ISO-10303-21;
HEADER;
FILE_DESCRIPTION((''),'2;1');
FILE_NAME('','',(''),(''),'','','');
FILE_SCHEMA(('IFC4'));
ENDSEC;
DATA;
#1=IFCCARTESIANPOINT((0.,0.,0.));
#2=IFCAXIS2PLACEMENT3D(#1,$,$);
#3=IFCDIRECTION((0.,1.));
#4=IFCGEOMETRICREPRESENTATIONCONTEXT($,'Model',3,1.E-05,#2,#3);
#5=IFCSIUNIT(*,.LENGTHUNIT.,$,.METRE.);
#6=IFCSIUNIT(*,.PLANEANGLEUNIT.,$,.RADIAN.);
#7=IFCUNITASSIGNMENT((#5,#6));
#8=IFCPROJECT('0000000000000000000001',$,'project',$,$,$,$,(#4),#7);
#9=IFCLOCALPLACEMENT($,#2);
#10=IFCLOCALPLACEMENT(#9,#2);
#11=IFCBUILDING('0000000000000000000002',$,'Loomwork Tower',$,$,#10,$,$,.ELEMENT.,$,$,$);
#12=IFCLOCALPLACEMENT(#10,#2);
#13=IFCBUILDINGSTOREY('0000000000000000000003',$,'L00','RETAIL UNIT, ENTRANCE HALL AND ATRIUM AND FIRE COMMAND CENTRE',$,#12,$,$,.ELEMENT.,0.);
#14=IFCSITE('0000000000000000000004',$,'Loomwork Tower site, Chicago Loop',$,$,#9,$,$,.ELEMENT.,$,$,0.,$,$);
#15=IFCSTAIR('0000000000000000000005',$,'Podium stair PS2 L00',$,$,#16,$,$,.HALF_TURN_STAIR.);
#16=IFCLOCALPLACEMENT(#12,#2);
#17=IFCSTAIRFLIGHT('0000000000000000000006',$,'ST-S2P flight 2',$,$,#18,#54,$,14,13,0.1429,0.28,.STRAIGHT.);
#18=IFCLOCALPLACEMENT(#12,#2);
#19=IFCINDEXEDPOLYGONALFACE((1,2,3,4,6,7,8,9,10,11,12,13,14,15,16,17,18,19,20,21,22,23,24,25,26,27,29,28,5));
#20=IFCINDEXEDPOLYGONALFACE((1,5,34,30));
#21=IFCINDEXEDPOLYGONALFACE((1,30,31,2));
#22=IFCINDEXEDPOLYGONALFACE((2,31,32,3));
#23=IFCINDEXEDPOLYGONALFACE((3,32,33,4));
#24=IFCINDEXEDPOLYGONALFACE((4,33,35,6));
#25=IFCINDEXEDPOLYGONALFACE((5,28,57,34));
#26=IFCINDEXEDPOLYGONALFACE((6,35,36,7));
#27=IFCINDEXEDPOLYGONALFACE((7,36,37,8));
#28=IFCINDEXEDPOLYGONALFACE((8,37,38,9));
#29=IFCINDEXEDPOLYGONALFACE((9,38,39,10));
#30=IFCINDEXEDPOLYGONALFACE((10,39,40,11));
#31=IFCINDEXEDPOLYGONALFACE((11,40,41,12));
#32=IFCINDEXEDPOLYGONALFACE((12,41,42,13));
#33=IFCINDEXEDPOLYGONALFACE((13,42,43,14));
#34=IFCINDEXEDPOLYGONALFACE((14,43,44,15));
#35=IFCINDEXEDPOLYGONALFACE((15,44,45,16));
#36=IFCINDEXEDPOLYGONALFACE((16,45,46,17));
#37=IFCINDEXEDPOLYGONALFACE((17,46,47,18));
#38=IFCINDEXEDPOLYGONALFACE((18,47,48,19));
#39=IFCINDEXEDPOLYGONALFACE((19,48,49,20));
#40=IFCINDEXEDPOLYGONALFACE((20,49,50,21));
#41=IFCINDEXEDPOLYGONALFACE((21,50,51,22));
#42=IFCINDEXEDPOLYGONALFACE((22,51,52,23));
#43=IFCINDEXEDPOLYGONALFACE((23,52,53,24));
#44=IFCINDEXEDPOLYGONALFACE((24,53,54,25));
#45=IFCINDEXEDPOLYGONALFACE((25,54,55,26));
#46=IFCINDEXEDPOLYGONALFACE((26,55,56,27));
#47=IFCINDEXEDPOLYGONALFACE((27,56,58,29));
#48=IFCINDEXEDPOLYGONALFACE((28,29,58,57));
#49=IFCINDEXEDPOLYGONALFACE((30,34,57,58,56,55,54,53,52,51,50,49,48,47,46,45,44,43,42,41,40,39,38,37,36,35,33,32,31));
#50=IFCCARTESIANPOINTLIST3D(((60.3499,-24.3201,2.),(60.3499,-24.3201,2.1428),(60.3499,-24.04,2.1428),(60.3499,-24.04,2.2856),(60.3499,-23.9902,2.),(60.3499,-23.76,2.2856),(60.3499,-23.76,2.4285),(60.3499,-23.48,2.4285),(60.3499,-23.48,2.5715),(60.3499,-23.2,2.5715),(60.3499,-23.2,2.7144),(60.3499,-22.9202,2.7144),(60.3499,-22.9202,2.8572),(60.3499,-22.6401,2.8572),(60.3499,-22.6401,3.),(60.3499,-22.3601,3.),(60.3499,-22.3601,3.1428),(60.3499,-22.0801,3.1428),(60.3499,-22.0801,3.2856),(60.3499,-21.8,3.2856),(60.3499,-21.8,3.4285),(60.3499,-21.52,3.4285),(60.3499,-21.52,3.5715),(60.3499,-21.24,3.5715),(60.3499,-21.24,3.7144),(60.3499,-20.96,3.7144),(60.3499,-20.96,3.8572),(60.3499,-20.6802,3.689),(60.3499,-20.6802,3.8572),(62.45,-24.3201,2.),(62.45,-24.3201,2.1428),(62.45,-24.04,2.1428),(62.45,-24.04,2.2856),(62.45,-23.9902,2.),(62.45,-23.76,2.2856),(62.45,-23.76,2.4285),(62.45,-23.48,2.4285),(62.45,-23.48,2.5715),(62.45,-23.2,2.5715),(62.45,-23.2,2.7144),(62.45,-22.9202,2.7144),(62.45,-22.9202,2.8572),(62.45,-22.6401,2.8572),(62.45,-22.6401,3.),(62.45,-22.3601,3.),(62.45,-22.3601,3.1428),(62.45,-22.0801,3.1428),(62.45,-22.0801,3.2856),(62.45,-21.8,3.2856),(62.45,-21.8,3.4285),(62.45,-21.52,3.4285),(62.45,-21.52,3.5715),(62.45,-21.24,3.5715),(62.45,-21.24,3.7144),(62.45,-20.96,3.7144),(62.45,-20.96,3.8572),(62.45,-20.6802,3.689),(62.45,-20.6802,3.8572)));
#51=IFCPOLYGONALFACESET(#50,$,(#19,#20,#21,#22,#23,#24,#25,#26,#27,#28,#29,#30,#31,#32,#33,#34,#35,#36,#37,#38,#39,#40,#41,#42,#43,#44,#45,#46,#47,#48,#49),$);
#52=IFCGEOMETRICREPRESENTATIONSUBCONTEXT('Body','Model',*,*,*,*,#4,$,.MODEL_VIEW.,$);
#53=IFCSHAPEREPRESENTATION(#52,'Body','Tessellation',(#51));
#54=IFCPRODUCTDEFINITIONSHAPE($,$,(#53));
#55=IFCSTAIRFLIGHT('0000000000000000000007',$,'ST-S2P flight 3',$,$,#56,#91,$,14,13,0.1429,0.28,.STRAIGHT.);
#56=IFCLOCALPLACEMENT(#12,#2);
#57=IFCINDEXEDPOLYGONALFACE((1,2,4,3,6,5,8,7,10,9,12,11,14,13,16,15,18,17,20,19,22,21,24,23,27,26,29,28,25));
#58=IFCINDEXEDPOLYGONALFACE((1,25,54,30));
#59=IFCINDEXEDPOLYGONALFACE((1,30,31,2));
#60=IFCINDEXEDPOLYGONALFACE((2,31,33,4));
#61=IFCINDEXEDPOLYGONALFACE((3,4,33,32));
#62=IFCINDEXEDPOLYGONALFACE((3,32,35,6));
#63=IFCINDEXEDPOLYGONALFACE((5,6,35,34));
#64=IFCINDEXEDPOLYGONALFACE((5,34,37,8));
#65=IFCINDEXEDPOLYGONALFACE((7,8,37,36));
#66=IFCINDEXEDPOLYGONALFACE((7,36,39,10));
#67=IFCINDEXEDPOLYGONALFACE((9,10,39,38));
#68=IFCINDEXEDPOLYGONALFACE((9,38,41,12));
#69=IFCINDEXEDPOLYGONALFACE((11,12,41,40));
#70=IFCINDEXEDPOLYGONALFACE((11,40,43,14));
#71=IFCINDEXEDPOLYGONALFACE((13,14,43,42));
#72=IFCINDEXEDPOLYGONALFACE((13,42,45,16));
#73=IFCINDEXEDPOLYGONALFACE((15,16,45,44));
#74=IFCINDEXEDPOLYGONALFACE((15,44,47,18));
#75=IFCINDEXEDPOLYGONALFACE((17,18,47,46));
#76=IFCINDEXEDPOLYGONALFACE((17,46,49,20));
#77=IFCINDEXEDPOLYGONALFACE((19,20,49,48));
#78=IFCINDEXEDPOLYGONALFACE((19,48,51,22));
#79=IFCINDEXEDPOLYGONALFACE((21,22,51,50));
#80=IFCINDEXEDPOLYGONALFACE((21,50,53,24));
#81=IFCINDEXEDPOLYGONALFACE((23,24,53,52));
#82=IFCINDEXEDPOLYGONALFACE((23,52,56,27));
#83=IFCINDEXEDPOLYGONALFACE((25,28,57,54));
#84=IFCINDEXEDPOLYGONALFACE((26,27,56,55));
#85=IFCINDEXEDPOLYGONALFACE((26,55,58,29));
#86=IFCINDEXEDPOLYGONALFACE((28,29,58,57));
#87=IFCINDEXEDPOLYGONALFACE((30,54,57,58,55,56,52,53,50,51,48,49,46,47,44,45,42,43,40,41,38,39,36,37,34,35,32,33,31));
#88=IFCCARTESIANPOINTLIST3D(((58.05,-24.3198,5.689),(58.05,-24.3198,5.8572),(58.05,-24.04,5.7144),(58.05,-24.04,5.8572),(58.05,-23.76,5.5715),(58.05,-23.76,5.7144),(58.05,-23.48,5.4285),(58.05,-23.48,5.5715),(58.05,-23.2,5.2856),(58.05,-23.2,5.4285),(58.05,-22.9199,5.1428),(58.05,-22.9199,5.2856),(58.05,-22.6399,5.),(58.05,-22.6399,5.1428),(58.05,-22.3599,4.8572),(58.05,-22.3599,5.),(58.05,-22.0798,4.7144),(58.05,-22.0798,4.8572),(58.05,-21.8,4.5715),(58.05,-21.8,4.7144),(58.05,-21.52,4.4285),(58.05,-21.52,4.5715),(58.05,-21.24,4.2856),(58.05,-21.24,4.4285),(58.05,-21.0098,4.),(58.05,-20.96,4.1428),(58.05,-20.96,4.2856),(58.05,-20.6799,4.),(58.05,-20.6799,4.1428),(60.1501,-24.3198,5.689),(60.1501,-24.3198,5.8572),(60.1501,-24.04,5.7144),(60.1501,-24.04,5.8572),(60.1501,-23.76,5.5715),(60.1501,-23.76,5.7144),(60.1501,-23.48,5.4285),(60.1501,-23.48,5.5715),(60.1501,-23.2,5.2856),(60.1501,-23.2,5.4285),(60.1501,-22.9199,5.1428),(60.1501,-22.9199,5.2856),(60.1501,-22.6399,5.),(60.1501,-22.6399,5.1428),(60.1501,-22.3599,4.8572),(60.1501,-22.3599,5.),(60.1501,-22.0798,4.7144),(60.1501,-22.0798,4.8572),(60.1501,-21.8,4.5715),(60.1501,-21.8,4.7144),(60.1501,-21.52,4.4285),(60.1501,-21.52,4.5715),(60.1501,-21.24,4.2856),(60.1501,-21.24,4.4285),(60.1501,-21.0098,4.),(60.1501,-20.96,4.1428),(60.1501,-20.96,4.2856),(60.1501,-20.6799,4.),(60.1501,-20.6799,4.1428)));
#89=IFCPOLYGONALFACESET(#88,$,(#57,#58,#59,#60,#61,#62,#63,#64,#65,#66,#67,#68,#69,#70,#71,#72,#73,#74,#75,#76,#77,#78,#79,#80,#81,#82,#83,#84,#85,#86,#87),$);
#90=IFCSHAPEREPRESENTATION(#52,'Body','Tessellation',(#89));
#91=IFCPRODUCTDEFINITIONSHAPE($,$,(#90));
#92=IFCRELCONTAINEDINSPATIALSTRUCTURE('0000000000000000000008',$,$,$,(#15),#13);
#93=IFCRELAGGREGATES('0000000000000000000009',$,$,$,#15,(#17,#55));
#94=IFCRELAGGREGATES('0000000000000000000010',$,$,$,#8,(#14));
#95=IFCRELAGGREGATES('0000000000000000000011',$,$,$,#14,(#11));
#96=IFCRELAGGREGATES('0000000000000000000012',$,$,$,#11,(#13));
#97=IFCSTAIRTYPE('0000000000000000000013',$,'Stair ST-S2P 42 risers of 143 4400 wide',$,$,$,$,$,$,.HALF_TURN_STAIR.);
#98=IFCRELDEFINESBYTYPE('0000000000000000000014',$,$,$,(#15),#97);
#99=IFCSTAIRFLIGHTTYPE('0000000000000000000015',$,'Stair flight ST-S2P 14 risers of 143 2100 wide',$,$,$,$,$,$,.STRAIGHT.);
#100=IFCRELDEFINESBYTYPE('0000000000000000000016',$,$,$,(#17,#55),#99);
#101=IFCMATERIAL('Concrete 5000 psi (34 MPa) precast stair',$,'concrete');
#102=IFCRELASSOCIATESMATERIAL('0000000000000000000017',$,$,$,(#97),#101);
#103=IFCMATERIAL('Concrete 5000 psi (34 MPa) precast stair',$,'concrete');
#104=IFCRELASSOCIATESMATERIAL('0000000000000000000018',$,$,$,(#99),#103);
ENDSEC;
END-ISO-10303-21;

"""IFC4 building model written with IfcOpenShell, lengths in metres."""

from ifc_helpers import new_model, si_unit, direction, frame, origin, place, context, subcontext, project, spatial, polyline, outline, extrude, material, type_object, element, aggregate, save


model = new_model("IFC4")

# Units and contexts
model_context = context("Model", 3, precision=1e-05, world=origin(), true_north=direction((0.0, 1.0)))
body_context = subcontext(model_context, "Body", "Model", "MODEL_VIEW")
ifc_project = project(units=[si_unit("LENGTHUNIT", "METRE"), si_unit("PLANEANGLEUNIT", "RADIAN")], contexts=[model_context])

# Site, building, storey
site_placement = place(None, origin())
site = spatial("IfcSite", under=ifc_project, at=site_placement, Name="Loomwork Tower site, Chicago Loop", CompositionType="ELEMENT", RefElevation=0.0)
building_placement = place(site_placement, origin())
building = spatial("IfcBuilding", under=site, at=building_placement, Name="Loomwork Tower", CompositionType="ELEMENT")
storey_placement = place(building_placement, origin())
storey = spatial("IfcBuildingStorey", under=building, at=storey_placement, Name="L00", Description="RETAIL UNIT, ENTRANCE HALL AND ATRIUM AND FIRE COMMAND CENTRE", CompositionType="ELEMENT", Elevation=0.0)

# Stair, stair flights
ifc_material_1 = material(Name="Concrete 5000 psi (34 MPa) precast stair", Category="concrete")
stair_type = type_object("IfcStairType", Name="Stair ST-S2P 42 risers of 143 4400 wide", PredefinedType="HALF_TURN_STAIR", material=ifc_material_1)
stair_placement = place(storey_placement, origin())
stair = element("IfcStair", 1, at=stair_placement, inside=storey, type_object=stair_type, Name="Podium stair PS2 L00", PredefinedType="HALF_TURN_STAIR")
ifc_material_2 = material(Name="Concrete 5000 psi (34 MPa) precast stair", Category="concrete")
stair_flight_type = type_object("IfcStairFlightType", Name="Stair flight ST-S2P 14 risers of 143 2100 wide", PredefinedType="STRAIGHT", material=ifc_material_2)
stair_flight_1_placement = place(storey_placement, frame((61.3999, -24.3201, 2.0), z_axis=(0.0, 0.0, 1.0), x_axis=(0.0, 1.0, 0.0)))
stair_flight_1 = element("IfcStairFlight", 2, at=stair_flight_1_placement, type_object=stair_flight_type, Name="ST-S2P flight 2", NumberOfRisers=14, NumberOfTreads=13, PredefinedType="STRAIGHT", RiserHeight=0.1429, TreadLength=0.28, context=body_context, shape_type="SweptSolid", body=[
    extrude(outline(polyline([(0.0, 0.0), (0.0, 0.1428), (0.28, 0.1428), (0.28, 0.2856), (0.5601, 0.2856), (0.5601, 0.4285), (0.8401, 0.4285), (0.8401, 0.5715), (1.1201, 0.5715), (1.1201, 0.7144), (1.3999, 0.7144), (1.3999, 0.8572), (1.6799, 0.8572), (1.6799, 1.0), (1.96, 1.0), (1.96, 1.1428), (2.24, 1.1428), (2.24, 1.2856), (2.52, 1.2856), (2.52, 1.4285), (2.8, 1.4285), (2.8, 1.5715), (3.0801, 1.5715), (3.0801, 1.7144), (3.3601, 1.7144), (3.3601, 1.8572), (3.6399, 1.8572), (3.6399, 2.0), (3.6399, 1.689), (0.3298, 0.0), (0.0, 0.0)])), frame((0.0, 1.05, 0.0), z_axis=(0.0, -1.0, 0.0), x_axis=(1.0, 0.0, 0.0)), (0.0, 0.0, 1.0), 2.1001),
])
stair_flight_2_placement = place(storey_placement, frame((59.1001, -20.6799, 4.0), z_axis=(0.0, 0.0, 1.0), x_axis=(0.0, -1.0, 0.0)))
stair_flight_2 = element("IfcStairFlight", 3, at=stair_flight_2_placement, type_object=stair_flight_type, Name="ST-S2P flight 3", NumberOfRisers=14, NumberOfTreads=13, PredefinedType="STRAIGHT", RiserHeight=0.1429, TreadLength=0.28, context=body_context, shape_type="SweptSolid", body=[
    extrude(outline(polyline([(0.0, 0.0), (0.0, 0.1428), (0.28, 0.1428), (0.28, 0.2856), (0.5601, 0.2856), (0.5601, 0.4285), (0.8401, 0.4285), (0.8401, 0.5715), (1.1201, 0.5715), (1.1201, 0.7144), (1.3999, 0.7144), (1.3999, 0.8572), (1.6799, 0.8572), (1.6799, 1.0), (1.96, 1.0), (1.96, 1.1428), (2.24, 1.1428), (2.24, 1.2856), (2.52, 1.2856), (2.52, 1.4285), (2.8, 1.4285), (2.8, 1.5715), (3.0801, 1.5715), (3.0801, 1.7144), (3.3601, 1.7144), (3.3601, 1.8572), (3.6399, 1.8572), (3.6399, 2.0), (3.6399, 1.689), (0.3298, 0.0), (0.0, 0.0)])), frame((0.0, 1.05, 0.0), z_axis=(0.0, -1.0, 0.0), x_axis=(1.0, 0.0, 0.0)), (0.0, 0.0, 1.0), 2.1001),
])
aggregate(stair, [stair_flight_1, stair_flight_2])

save(model, "model.ifc")
